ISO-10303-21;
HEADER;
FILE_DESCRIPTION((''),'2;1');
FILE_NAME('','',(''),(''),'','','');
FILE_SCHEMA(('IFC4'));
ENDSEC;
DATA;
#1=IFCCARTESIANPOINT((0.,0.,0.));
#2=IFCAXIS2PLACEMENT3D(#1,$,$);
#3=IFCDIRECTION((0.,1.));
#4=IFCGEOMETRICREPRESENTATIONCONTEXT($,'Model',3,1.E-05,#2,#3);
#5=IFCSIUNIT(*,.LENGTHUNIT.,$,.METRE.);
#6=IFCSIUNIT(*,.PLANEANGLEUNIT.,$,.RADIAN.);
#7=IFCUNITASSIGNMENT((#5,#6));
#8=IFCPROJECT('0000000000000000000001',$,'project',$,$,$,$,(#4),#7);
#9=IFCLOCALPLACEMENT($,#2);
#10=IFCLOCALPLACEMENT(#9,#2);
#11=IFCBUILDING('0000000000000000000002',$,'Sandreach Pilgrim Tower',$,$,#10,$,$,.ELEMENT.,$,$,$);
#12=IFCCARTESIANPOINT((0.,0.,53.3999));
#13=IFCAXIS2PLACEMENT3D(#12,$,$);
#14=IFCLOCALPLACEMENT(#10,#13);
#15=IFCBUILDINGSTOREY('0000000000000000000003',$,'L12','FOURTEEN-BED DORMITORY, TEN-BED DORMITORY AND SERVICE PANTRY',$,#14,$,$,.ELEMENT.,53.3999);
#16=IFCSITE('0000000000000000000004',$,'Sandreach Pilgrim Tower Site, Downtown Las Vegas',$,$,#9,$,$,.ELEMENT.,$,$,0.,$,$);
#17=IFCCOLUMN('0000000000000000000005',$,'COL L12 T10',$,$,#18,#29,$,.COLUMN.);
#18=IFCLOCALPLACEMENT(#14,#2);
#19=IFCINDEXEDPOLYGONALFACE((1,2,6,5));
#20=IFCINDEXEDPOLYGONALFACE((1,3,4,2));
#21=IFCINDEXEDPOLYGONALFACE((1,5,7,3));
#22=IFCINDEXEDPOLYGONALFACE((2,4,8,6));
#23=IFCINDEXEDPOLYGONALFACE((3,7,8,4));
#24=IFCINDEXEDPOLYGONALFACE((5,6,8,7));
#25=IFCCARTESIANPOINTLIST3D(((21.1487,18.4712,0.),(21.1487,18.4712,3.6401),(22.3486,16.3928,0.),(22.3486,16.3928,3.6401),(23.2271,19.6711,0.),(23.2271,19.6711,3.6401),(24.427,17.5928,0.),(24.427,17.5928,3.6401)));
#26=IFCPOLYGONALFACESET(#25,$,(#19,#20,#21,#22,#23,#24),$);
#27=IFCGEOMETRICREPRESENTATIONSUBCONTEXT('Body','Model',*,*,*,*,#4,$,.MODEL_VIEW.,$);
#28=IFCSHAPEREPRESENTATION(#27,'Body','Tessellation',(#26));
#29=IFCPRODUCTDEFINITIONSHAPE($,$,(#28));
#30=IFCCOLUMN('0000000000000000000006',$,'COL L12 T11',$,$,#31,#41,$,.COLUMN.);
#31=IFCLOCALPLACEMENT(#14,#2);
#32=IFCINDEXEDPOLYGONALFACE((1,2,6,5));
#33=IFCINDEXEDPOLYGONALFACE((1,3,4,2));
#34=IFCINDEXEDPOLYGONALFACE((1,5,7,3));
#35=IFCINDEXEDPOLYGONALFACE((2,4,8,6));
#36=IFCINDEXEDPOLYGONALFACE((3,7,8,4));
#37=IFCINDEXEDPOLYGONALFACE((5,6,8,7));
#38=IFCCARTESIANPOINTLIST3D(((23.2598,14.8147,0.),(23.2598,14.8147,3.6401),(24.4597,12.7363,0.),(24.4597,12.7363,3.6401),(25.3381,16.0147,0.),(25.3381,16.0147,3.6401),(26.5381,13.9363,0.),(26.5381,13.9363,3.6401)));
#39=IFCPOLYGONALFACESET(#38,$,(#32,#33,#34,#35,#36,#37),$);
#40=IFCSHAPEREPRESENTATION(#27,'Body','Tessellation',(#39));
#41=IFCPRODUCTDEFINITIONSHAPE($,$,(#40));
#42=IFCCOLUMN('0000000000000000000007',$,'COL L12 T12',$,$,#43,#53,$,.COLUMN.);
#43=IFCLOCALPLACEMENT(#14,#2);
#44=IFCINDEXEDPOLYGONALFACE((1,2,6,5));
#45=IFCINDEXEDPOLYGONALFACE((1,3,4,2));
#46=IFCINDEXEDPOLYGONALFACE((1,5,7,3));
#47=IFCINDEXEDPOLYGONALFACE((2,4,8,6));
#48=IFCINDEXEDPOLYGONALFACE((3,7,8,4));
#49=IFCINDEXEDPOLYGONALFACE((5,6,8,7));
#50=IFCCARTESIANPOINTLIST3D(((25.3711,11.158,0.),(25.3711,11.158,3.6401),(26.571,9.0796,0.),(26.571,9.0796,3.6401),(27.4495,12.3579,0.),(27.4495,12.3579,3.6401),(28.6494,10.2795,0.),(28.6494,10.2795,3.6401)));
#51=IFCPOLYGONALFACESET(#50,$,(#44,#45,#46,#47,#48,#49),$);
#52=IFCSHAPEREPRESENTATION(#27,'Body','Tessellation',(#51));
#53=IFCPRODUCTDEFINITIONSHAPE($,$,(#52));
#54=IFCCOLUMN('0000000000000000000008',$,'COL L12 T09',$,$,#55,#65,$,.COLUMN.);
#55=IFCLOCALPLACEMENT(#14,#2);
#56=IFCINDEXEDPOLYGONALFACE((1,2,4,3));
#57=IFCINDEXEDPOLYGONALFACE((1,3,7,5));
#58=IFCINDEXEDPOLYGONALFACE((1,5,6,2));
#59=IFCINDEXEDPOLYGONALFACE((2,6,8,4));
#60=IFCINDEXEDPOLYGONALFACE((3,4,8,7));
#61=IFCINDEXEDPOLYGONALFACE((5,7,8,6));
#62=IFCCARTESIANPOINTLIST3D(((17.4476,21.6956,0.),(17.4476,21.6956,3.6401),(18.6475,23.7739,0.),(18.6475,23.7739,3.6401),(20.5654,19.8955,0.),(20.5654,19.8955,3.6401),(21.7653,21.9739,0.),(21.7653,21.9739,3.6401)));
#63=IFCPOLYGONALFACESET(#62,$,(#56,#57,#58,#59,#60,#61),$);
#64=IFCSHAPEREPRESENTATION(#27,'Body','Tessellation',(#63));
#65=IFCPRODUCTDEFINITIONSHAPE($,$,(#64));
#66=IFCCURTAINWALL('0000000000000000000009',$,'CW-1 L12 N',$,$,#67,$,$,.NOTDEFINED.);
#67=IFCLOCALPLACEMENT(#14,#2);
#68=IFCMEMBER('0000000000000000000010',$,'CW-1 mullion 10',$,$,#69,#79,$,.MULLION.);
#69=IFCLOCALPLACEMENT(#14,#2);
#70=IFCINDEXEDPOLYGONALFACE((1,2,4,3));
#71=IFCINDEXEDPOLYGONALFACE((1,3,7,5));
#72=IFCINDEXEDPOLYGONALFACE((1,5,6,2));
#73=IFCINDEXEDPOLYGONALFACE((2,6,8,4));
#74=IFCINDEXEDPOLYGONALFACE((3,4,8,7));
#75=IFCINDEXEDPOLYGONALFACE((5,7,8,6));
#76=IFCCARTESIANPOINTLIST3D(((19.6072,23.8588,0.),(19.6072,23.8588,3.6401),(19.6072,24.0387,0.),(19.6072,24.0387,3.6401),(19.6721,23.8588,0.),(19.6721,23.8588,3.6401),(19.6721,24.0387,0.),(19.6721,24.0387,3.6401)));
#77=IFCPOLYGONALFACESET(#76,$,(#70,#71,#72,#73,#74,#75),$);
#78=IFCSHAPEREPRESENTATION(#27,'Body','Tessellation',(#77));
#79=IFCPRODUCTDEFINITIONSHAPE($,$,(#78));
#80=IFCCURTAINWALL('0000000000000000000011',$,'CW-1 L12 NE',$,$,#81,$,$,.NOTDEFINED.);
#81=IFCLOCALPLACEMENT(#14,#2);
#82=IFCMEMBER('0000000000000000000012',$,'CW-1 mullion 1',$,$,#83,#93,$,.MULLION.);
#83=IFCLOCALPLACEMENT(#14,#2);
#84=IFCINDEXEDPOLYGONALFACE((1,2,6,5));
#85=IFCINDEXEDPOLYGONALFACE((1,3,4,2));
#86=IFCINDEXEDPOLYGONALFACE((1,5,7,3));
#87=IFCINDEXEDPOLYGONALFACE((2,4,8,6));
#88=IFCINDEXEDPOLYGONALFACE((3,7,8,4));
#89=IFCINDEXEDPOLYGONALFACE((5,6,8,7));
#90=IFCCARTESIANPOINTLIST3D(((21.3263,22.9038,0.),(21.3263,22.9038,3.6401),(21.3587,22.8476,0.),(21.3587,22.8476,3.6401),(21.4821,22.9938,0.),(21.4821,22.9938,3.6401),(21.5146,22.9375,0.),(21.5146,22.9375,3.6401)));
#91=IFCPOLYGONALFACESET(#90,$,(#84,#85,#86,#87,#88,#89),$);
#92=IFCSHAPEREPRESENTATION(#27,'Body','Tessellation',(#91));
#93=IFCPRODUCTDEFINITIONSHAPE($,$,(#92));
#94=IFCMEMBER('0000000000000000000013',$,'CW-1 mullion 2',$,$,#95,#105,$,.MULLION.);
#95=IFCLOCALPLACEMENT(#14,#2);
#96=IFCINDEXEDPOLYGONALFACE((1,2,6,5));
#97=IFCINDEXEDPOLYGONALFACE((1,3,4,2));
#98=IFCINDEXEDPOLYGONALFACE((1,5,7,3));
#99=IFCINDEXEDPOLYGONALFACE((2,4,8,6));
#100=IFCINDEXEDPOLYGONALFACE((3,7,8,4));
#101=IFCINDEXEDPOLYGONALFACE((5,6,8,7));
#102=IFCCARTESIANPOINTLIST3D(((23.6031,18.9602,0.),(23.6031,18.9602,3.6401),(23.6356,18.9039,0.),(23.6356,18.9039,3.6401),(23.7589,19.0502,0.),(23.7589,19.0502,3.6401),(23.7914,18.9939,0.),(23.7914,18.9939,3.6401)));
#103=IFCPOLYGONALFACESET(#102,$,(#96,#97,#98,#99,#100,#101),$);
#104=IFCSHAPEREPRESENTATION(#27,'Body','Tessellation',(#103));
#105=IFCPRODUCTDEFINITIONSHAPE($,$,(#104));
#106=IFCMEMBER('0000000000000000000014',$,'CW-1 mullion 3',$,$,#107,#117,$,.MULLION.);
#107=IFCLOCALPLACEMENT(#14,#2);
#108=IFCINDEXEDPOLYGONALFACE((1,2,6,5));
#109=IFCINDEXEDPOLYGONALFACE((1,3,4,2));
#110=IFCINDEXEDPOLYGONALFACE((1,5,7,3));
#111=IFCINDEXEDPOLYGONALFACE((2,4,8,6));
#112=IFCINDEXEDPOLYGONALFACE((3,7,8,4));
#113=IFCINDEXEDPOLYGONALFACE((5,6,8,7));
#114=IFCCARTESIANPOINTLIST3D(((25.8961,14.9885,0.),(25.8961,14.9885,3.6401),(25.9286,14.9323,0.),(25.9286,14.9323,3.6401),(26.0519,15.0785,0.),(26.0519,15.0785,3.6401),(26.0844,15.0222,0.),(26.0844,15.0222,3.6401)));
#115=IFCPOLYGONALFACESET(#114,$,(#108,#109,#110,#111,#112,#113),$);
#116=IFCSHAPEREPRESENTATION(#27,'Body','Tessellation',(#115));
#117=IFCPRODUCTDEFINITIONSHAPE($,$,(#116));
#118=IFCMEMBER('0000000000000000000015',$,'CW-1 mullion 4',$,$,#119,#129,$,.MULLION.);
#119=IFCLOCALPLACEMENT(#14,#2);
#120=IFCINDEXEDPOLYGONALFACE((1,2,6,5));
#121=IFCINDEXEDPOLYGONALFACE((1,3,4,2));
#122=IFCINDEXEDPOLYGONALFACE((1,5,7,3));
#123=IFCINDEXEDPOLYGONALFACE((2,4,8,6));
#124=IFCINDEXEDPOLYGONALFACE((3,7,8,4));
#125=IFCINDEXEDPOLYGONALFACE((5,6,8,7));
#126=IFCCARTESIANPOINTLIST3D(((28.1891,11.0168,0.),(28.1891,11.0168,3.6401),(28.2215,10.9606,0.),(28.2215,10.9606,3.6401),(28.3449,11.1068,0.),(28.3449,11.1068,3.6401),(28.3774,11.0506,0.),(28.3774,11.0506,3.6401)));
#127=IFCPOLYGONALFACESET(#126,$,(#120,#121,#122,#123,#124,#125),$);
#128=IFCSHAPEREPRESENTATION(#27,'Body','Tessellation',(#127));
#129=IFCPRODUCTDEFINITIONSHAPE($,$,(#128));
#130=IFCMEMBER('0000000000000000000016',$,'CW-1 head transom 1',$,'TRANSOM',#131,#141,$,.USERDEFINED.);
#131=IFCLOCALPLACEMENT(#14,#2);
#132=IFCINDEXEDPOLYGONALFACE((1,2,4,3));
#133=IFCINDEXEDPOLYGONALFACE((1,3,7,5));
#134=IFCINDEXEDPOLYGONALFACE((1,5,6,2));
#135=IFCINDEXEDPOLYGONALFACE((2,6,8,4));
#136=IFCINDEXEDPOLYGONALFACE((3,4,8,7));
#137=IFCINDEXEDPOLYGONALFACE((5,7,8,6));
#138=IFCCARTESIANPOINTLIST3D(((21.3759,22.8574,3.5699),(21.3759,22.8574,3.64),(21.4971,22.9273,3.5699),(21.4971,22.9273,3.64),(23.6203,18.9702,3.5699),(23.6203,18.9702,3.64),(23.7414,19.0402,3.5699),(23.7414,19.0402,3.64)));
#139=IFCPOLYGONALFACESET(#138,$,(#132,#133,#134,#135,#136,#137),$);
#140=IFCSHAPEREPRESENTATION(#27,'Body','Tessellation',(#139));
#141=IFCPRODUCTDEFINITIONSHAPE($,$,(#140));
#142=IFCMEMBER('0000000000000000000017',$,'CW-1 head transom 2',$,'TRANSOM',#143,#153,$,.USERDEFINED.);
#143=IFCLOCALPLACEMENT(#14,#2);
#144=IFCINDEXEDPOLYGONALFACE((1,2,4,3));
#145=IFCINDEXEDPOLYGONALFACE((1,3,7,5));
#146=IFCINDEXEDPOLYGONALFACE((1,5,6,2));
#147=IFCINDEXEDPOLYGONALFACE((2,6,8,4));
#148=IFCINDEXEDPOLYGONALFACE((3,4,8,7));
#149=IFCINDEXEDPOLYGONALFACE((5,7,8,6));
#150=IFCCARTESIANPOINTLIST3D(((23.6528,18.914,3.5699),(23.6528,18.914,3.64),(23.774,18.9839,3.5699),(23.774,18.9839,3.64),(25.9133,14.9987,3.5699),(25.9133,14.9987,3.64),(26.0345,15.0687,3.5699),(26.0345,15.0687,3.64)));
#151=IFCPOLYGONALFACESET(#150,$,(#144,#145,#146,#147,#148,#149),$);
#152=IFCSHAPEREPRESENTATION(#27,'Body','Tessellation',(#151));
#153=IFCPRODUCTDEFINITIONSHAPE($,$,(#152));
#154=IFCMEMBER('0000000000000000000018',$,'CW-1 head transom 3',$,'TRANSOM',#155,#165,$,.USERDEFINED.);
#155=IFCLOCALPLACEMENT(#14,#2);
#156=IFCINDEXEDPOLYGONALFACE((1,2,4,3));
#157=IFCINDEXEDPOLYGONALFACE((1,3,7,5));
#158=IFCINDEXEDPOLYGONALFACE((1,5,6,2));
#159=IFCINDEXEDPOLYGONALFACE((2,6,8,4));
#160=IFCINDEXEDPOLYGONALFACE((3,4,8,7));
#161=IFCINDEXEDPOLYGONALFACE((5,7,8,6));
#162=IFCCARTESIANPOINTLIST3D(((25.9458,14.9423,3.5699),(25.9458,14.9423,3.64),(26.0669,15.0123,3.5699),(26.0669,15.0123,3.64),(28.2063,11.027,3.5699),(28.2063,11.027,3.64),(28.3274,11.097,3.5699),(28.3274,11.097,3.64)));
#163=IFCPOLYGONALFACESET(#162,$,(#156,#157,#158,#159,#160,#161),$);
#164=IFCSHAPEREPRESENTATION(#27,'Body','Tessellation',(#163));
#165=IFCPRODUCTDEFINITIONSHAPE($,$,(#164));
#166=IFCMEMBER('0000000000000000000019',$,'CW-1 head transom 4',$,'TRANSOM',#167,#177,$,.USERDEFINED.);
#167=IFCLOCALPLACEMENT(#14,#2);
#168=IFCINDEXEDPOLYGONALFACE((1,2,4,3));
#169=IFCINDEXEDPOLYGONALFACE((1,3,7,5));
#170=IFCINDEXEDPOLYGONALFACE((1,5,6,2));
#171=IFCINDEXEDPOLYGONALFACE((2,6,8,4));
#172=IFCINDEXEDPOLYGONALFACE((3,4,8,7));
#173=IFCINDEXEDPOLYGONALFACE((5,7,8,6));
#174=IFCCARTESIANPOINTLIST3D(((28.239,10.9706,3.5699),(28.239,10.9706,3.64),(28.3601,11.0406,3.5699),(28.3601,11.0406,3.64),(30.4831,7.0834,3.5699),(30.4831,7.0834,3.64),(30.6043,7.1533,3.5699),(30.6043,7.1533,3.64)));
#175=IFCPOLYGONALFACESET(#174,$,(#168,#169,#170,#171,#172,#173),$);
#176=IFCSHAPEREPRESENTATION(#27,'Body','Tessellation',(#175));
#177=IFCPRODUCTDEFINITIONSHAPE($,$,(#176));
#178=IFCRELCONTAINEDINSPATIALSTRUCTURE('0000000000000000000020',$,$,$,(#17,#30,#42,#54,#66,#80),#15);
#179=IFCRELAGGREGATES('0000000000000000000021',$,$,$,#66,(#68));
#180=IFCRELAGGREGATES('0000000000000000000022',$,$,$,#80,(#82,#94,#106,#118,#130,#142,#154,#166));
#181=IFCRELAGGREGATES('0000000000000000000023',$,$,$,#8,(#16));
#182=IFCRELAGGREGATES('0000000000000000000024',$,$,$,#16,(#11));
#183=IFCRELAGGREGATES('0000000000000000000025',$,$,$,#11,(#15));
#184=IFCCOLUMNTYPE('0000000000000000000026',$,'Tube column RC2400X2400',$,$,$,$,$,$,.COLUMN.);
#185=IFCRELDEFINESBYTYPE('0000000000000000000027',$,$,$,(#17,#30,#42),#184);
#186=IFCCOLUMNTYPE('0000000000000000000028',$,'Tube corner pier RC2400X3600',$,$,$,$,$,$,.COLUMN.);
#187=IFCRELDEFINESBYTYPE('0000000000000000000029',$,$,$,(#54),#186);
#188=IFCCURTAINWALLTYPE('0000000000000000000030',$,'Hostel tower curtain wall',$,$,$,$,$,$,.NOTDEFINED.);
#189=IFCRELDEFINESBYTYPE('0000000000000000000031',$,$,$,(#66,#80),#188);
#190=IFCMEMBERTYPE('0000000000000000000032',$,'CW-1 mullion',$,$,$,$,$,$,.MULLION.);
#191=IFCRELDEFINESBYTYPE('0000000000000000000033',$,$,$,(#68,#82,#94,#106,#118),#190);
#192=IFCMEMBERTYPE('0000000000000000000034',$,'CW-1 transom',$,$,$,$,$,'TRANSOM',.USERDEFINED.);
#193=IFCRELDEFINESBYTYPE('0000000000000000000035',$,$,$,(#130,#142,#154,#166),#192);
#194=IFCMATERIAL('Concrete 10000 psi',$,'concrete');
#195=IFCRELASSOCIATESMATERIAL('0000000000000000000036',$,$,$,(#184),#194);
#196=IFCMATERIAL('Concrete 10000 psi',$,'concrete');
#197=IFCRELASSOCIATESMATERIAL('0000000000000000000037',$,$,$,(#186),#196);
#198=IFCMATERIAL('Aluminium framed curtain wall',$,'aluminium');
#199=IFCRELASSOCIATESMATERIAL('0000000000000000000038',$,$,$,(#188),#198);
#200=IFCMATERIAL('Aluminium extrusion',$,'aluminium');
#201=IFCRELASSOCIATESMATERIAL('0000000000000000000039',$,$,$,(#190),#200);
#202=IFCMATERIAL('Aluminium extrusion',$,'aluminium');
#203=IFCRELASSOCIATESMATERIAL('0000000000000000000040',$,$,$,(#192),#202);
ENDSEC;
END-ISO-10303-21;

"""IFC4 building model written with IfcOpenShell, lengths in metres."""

from ifc_helpers import new_model, si_unit, direction, frame, origin, origin_2d, place, context, subcontext, project, spatial, rectangle, extrude, clip, halfspace, material, material_profile, profile_set, type_object, element, aggregate, save


model = new_model("IFC4")

# Units and contexts
model_context = context("Model", 3, precision=1e-05, world=origin(), true_north=direction((0.0, 1.0)))
body_context = subcontext(model_context, "Body", "Model", "MODEL_VIEW")
ifc_project = project(units=[si_unit("LENGTHUNIT", "METRE"), si_unit("PLANEANGLEUNIT", "RADIAN")], contexts=[model_context])

# Site, building, storey
site_placement = place(None, origin())
site = spatial("IfcSite", under=ifc_project, at=site_placement, Name="Sandreach Pilgrim Tower Site, Downtown Las Vegas", CompositionType="ELEMENT", RefElevation=0.0)
building_placement = place(site_placement, origin())
building = spatial("IfcBuilding", under=site, at=building_placement, Name="Sandreach Pilgrim Tower", CompositionType="ELEMENT")
storey_placement = place(building_placement, frame((0.0, 0.0, 53.3999)))
storey = spatial("IfcBuildingStorey", under=building, at=storey_placement, Name="L12", Description="FOURTEEN-BED DORMITORY, TEN-BED DORMITORY AND SERVICE PANTRY", CompositionType="ELEMENT", Elevation=53.3999)

# Columns
ifc_material_1 = material(Name="Concrete 10000 psi", Category="concrete")
ifc_material_profile_1 = material_profile(ifc_material_1, rectangle(XDim=2.3999, YDim=2.3999, at=origin_2d()), Name="RC2400X2400")
ifc_profile_set_1 = profile_set([ifc_material_profile_1], Name="Concrete 10000 psi")
column_type_1 = type_object("IfcColumnType", Name="Tube column RC2400X2400", PredefinedType="COLUMN", material=ifc_profile_set_1)
column_1_placement = place(storey_placement, frame((22.7878, 18.032, 0.0), z_axis=(0.0, 0.0, 1.0), x_axis=(0.866025, 0.5, 0.0)))
element("IfcColumn", 1, at=column_1_placement, inside=storey, type_object=column_type_1, Name="COL L12 T10", PredefinedType="COLUMN", context=body_context, shape_type="SweptSolid", body=[
    clip(extrude(rectangle(XDim=2.3999, YDim=2.3999, at=origin_2d()), origin(), (0.0, 0.0, 1.0), 3.7371), halfspace(frame((0.0, 0.0, 3.6401)), False)),
])
column_2_placement = place(storey_placement, frame((24.8989, 14.3755, 0.0), z_axis=(0.0, 0.0, 1.0), x_axis=(0.866025, 0.5, 0.0)))
element("IfcColumn", 2, at=column_2_placement, inside=storey, type_object=column_type_1, Name="COL L12 T11", PredefinedType="COLUMN", context=body_context, shape_type="SweptSolid", body=[
    clip(extrude(rectangle(XDim=2.3999, YDim=2.3999, at=origin_2d()), origin(), (0.0, 0.0, 1.0), 3.7451), halfspace(frame((0.0, 0.0, 3.6401)), False)),
])
column_3_placement = place(storey_placement, frame((27.0103, 10.7188, 0.0), z_axis=(0.0, 0.0, 1.0), x_axis=(0.866025, 0.5, 0.0)))
element("IfcColumn", 3, at=column_3_placement, inside=storey, type_object=column_type_1, Name="COL L12 T12", PredefinedType="COLUMN", context=body_context, shape_type="SweptSolid", body=[
    clip(extrude(rectangle(XDim=2.3999, YDim=2.3999, at=origin_2d()), origin(), (0.0, 0.0, 1.0), 3.7371), halfspace(frame((0.0, 0.0, 3.6401)), False)),
])
ifc_material_2 = material(Name="Concrete 10000 psi", Category="concrete")
ifc_material_profile_2 = material_profile(ifc_material_2, rectangle(XDim=2.3999, YDim=3.6001, at=origin_2d()), Name="RC2400X3600")
ifc_profile_set_2 = profile_set([ifc_material_profile_2], Name="Concrete 10000 psi")
column_type_2 = type_object("IfcColumnType", Name="Tube corner pier RC2400X3600", PredefinedType="COLUMN", material=ifc_profile_set_2)
column_4_placement = place(storey_placement, frame((19.6064, 21.8347, 0.0), z_axis=(0.0, 0.0, 1.0), x_axis=(0.5, 0.866025, 0.0)))
element("IfcColumn", 4, at=column_4_placement, inside=storey, type_object=column_type_2, Name="COL L12 T09", PredefinedType="COLUMN", context=body_context, shape_type="SweptSolid", body=[
    clip(extrude(rectangle(XDim=2.3999, YDim=3.6001, at=origin_2d()), origin(), (0.0, 0.0, 1.0), 3.7261), halfspace(frame((0.0, 0.0, 3.6401)), False)),
])

# Curtain wall, member
ifc_material_3 = material(Name="Aluminium framed curtain wall", Category="aluminium")
curtain_wall_type = type_object("IfcCurtainWallType", Name="Hostel tower curtain wall", PredefinedType="NOTDEFINED", material=ifc_material_3)
curtain_wall_1_placement = place(storey_placement, origin())
curtain_wall_1 = element("IfcCurtainWall", 5, at=curtain_wall_1_placement, inside=storey, type_object=curtain_wall_type, Name="CW-1 L12 N", PredefinedType="NOTDEFINED")
ifc_material_4 = material(Name="Aluminium extrusion", Category="aluminium")
ifc_material_profile_3 = material_profile(ifc_material_4, rectangle(XDim=0.0649, YDim=0.1799, at=origin_2d()), Name="CW-1M 65X180")
ifc_profile_set_3 = profile_set([ifc_material_profile_3], Name="Aluminium extrusion")
member_type_1 = type_object("IfcMemberType", Name="CW-1 mullion", PredefinedType="MULLION", material=ifc_profile_set_3)
member_1_placement = place(storey_placement, frame((19.6396, 23.9487, 0.0), z_axis=(0.0, 0.0, 1.0), x_axis=(1.0, 0.0, 0.0)))
member_1 = element("IfcMember", 6, at=member_1_placement, type_object=member_type_1, Name="CW-1 mullion 10", PredefinedType="MULLION", context=body_context, shape_type="SweptSolid", body=[
    extrude(rectangle(XDim=0.0649, YDim=0.1799, at=origin_2d()), origin(), (0.0, 0.0, 1.0), 3.6401),
])
aggregate(curtain_wall_1, [member_1])

# Curtain wall, members
curtain_wall_2_placement = place(storey_placement, origin())
curtain_wall_2 = element("IfcCurtainWall", 7, at=curtain_wall_2_placement, inside=storey, type_object=curtain_wall_type, Name="CW-1 L12 NE", PredefinedType="NOTDEFINED")
member_2_placement = place(storey_placement, frame((21.4204, 22.9207, 0.0), z_axis=(0.0, 0.0, 1.0), x_axis=(0.5, -0.866025, 0.0)))
member_2 = element("IfcMember", 8, at=member_2_placement, type_object=member_type_1, Name="CW-1 mullion 1", PredefinedType="MULLION", context=body_context, shape_type="SweptSolid", body=[
    extrude(rectangle(XDim=0.0649, YDim=0.1799, at=origin_2d()), origin(), (0.0, 0.0, 1.0), 3.6401),
])
member_3_placement = place(storey_placement, frame((23.6973, 18.9771, 0.0), z_axis=(0.0, 0.0, 1.0), x_axis=(0.5, -0.866025, 0.0)))
member_3 = element("IfcMember", 9, at=member_3_placement, type_object=member_type_1, Name="CW-1 mullion 2", PredefinedType="MULLION", context=body_context, shape_type="SweptSolid", body=[
    extrude(rectangle(XDim=0.0649, YDim=0.1799, at=origin_2d()), origin(), (0.0, 0.0, 1.0), 3.6401),
])
member_4_placement = place(storey_placement, frame((25.9902, 15.0054, 0.0), z_axis=(0.0, 0.0, 1.0), x_axis=(0.5, -0.866025, 0.0)))
member_4 = element("IfcMember", 10, at=member_4_placement, type_object=member_type_1, Name="CW-1 mullion 3", PredefinedType="MULLION", context=body_context, shape_type="SweptSolid", body=[
    extrude(rectangle(XDim=0.0649, YDim=0.1799, at=origin_2d()), origin(), (0.0, 0.0, 1.0), 3.6401),
])
member_5_placement = place(storey_placement, frame((28.2832, 11.0337, 0.0), z_axis=(0.0, 0.0, 1.0), x_axis=(0.5, -0.866025, 0.0)))
member_5 = element("IfcMember", 11, at=member_5_placement, type_object=member_type_1, Name="CW-1 mullion 4", PredefinedType="MULLION", context=body_context, shape_type="SweptSolid", body=[
    extrude(rectangle(XDim=0.0649, YDim=0.1799, at=origin_2d()), origin(), (0.0, 0.0, 1.0), 3.6401),
])
ifc_material_5 = material(Name="Aluminium extrusion", Category="aluminium")
ifc_material_profile_4 = material_profile(ifc_material_5, rectangle(XDim=0.1399, YDim=0.0701, at=origin_2d()), Name="CW-1T 140X70")
ifc_profile_set_4 = profile_set([ifc_material_profile_4], Name="Aluminium extrusion")
member_type_2 = type_object("IfcMemberType", Name="CW-1 transom", ElementType="TRANSOM", PredefinedType="USERDEFINED", material=ifc_profile_set_4)
member_6_placement = place(storey_placement, frame((21.4365, 22.8923, 3.605), z_axis=(0.500018, -0.866015, 0.0), x_axis=(0.866015, 0.500018, 0.0)))
member_6 = element("IfcMember", 12, at=member_6_placement, type_object=member_type_2, Name="CW-1 head transom 1", ObjectType="TRANSOM", PredefinedType="USERDEFINED", context=body_context, shape_type="SweptSolid", body=[
    extrude(rectangle(XDim=0.1399, YDim=0.0701, at=origin_2d()), origin(), (0.0, 0.0, 1.0), 4.4885),
])
member_7_placement = place(storey_placement, frame((23.7134, 18.949, 3.605), z_axis=(0.500001, -0.866025, 0.0), x_axis=(0.866025, 0.500001, 0.0)))
member_7 = element("IfcMember", 13, at=member_7_placement, type_object=member_type_2, Name="CW-1 head transom 2", ObjectType="TRANSOM", PredefinedType="USERDEFINED", context=body_context, shape_type="SweptSolid", body=[
    extrude(rectangle(XDim=0.1399, YDim=0.0701, at=origin_2d()), origin(), (0.0, 0.0, 1.0), 4.521),
])
member_8_placement = place(storey_placement, frame((26.0063, 14.9773, 3.605), z_axis=(0.500001, -0.866025, 0.0), x_axis=(0.866025, 0.500001, 0.0)))
member_8 = element("IfcMember", 14, at=member_8_placement, type_object=member_type_2, Name="CW-1 head transom 3", ObjectType="TRANSOM", PredefinedType="USERDEFINED", context=body_context, shape_type="SweptSolid", body=[
    extrude(rectangle(XDim=0.1399, YDim=0.0701, at=origin_2d()), origin(), (0.0, 0.0, 1.0), 4.521),
])
member_9_placement = place(storey_placement, frame((28.2996, 11.0056, 3.605), z_axis=(0.499977, -0.866039, 0.0), x_axis=(0.866039, 0.499977, 0.0)))
member_9 = element("IfcMember", 15, at=member_9_placement, type_object=member_type_2, Name="CW-1 head transom 4", ObjectType="TRANSOM", PredefinedType="USERDEFINED", context=body_context, shape_type="SweptSolid", body=[
    extrude(rectangle(XDim=0.1399, YDim=0.0701, at=origin_2d()), origin(), (0.0, 0.0, 1.0), 4.4885),
])

aggregate(curtain_wall_2, [member_2, member_3, member_4, member_5, member_6, member_7, member_8, member_9])

save(model, "model.ifc")
